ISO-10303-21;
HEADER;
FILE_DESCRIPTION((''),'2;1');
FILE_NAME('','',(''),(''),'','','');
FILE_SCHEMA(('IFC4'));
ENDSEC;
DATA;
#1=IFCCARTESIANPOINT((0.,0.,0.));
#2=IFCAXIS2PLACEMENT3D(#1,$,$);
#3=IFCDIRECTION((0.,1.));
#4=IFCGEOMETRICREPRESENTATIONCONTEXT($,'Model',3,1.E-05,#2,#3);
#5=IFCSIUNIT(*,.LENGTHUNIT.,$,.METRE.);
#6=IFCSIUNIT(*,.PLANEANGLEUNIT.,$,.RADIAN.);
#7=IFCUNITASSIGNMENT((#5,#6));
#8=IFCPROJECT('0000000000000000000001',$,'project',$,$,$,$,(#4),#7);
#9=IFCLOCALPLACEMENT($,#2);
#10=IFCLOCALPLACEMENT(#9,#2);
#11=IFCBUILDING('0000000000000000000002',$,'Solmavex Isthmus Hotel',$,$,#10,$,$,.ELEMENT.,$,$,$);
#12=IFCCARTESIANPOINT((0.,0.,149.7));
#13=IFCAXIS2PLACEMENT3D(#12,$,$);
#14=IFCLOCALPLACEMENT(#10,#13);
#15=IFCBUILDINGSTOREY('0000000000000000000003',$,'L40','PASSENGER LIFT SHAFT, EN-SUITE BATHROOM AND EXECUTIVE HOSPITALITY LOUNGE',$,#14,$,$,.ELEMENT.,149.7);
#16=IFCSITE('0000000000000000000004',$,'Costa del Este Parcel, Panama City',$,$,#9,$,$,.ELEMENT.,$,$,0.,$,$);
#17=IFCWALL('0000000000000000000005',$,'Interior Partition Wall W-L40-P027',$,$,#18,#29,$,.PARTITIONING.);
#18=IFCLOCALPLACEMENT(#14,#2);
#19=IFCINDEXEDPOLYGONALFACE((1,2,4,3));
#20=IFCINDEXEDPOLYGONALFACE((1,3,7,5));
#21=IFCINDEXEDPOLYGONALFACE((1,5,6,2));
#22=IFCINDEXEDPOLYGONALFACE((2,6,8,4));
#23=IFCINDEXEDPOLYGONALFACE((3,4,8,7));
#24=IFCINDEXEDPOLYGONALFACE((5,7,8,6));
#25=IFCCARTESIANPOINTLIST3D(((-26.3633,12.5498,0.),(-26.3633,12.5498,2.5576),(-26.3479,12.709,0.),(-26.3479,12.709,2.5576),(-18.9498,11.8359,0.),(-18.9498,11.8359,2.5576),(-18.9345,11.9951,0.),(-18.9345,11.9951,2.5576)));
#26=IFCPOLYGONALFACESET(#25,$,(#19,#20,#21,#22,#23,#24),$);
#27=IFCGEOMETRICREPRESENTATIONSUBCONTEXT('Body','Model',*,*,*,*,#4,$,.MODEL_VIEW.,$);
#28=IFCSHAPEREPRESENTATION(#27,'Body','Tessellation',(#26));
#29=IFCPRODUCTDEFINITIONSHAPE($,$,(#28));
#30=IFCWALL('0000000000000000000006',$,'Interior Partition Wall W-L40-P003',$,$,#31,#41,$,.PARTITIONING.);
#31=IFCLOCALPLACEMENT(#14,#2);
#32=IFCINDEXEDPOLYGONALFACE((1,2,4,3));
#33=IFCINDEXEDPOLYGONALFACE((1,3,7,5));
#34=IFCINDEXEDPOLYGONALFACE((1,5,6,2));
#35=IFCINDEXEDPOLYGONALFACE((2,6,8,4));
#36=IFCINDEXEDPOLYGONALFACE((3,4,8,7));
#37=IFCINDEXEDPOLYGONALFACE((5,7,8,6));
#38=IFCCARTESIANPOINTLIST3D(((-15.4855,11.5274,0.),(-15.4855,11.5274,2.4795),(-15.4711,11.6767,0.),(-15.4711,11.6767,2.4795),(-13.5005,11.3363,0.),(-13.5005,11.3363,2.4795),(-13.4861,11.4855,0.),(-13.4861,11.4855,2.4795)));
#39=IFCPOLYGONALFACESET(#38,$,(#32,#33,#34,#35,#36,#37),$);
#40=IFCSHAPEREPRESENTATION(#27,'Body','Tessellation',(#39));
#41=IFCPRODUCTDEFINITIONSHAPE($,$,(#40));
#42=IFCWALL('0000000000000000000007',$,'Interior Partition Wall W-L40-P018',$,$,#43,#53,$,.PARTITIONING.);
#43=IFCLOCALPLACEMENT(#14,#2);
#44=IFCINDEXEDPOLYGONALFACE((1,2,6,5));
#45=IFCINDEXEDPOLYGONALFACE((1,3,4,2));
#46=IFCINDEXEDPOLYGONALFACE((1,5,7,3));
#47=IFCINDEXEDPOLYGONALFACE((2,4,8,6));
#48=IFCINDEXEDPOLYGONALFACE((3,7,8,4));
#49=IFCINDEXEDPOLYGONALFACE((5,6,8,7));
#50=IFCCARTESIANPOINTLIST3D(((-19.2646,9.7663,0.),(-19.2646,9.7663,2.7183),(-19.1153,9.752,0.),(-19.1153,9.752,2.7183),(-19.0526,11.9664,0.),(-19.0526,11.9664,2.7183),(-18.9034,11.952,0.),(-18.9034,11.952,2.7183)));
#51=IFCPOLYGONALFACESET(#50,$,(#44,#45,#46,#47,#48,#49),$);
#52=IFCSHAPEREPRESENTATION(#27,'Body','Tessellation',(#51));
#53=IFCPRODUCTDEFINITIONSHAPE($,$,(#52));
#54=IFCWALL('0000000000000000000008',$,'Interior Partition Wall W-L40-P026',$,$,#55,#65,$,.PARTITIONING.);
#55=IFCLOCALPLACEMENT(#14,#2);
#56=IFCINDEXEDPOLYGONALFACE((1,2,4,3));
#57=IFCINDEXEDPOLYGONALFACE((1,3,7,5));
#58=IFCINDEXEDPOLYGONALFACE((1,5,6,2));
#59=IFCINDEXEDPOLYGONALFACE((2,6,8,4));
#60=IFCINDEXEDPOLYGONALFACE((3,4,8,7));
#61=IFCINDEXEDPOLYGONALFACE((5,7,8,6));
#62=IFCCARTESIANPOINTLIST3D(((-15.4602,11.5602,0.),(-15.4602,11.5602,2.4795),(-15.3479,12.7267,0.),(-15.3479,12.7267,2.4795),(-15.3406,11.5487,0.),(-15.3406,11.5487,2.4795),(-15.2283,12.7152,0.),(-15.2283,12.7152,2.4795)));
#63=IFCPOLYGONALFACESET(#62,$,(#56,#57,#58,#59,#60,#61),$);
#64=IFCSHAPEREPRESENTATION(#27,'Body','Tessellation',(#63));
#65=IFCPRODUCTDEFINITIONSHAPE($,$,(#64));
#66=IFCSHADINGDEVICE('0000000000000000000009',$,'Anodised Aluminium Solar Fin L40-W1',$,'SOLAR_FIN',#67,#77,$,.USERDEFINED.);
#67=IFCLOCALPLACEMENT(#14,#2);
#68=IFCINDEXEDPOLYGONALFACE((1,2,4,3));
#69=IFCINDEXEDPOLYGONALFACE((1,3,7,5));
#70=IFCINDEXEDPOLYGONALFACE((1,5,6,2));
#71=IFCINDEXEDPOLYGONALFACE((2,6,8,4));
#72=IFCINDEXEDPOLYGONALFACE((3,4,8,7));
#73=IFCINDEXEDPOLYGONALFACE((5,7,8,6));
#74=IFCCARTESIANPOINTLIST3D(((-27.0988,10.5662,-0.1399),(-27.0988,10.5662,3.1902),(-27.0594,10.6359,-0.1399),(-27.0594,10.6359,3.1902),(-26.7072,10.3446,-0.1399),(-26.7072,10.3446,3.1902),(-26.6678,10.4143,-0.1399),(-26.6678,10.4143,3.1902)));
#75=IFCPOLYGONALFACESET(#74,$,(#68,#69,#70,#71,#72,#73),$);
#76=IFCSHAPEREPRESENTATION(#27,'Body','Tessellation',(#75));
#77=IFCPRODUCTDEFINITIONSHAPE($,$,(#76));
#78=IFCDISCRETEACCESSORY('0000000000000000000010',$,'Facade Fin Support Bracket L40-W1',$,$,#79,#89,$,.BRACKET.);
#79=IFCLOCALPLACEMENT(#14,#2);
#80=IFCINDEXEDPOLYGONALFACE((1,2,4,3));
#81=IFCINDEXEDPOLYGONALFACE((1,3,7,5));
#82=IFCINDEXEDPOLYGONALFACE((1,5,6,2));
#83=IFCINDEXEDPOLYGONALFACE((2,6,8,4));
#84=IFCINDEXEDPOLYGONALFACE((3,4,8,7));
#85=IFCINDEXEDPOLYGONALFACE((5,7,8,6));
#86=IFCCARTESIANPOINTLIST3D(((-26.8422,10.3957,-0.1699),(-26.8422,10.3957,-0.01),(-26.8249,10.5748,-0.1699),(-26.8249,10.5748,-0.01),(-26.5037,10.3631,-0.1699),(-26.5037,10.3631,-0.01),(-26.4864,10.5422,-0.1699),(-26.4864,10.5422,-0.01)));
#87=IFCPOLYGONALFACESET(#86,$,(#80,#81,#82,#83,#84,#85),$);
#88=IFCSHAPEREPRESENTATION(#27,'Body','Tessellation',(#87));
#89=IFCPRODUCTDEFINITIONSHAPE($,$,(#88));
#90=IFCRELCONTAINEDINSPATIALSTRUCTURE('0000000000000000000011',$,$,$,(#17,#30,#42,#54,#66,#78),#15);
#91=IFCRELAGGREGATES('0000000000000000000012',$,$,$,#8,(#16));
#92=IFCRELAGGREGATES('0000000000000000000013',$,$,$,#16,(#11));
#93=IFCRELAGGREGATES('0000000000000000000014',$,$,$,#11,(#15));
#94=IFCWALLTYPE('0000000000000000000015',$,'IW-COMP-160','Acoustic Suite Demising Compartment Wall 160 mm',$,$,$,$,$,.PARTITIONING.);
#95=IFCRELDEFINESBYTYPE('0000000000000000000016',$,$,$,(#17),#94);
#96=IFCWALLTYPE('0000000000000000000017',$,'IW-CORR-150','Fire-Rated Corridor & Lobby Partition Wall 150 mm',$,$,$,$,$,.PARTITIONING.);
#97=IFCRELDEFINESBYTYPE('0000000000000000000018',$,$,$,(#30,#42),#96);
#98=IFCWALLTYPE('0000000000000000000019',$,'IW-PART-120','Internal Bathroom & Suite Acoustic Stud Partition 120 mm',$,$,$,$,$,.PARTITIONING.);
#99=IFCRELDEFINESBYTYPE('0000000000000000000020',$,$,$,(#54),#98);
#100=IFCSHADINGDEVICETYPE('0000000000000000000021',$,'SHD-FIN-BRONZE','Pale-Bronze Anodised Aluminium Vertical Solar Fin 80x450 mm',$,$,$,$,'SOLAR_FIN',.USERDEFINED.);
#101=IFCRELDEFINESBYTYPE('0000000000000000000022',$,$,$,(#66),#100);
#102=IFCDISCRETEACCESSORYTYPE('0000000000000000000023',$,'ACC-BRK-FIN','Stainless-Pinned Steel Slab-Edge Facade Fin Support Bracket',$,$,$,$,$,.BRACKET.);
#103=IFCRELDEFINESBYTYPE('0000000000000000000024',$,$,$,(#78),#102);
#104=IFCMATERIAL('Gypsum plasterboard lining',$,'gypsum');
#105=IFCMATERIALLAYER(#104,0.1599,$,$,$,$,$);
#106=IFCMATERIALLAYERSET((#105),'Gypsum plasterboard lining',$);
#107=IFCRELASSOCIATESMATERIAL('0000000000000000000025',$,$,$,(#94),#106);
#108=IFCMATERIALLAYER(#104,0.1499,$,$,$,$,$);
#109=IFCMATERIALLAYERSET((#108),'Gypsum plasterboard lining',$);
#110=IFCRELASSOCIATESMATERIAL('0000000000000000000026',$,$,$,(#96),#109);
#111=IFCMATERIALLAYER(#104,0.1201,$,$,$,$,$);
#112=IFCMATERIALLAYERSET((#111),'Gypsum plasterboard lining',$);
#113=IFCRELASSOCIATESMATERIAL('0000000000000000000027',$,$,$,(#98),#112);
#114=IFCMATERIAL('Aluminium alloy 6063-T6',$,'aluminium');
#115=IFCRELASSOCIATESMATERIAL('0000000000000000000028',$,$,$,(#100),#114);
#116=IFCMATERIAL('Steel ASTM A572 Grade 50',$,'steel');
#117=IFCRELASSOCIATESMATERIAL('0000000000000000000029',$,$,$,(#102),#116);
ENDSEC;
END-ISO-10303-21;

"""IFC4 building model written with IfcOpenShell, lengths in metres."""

from ifc_helpers import new_model, si_unit, direction, frame, frame_2d, origin, origin_2d, place, context, subcontext, project, spatial, rectangle, extrude, material, layer, layer_set, type_object, element, save


model = new_model("IFC4")

# Units and contexts
model_context = context("Model", 3, precision=1e-05, world=origin(), true_north=direction((0.0, 1.0)))
body_context = subcontext(model_context, "Body", "Model", "MODEL_VIEW")
ifc_project = project(units=[si_unit("LENGTHUNIT", "METRE"), si_unit("PLANEANGLEUNIT", "RADIAN")], contexts=[model_context])

# Site, building, storey
site_placement = place(None, origin())
site = spatial("IfcSite", under=ifc_project, at=site_placement, Name="Costa del Este Parcel, Panama City", CompositionType="ELEMENT", RefElevation=0.0)
building_placement = place(site_placement, origin())
building = spatial("IfcBuilding", under=site, at=building_placement, Name="Solmavex Isthmus Hotel", CompositionType="ELEMENT")
storey_placement = place(building_placement, frame((0.0, 0.0, 149.7)))
storey = spatial("IfcBuildingStorey", under=building, at=storey_placement, Name="L40", Description="PASSENGER LIFT SHAFT, EN-SUITE BATHROOM AND EXECUTIVE HOSPITALITY LOUNGE", CompositionType="ELEMENT", Elevation=149.7)

# Shared definitions
ifc_material_1 = material(Name="Aluminium alloy 6063-T6", Category="aluminium")

# Wall
ifc_material_2 = material(Name="Gypsum plasterboard lining", Category="gypsum")
ifc_layer_1 = layer(ifc_material_2, 0.1599)
ifc_layer_set_1 = layer_set([ifc_layer_1], Name="Gypsum plasterboard lining")
wall_type_1 = type_object("IfcWallType", Name="IW-COMP-160", Description="Acoustic Suite Demising Compartment Wall 160 mm", PredefinedType="PARTITIONING", material=ifc_layer_set_1)
wall_1_placement = place(storey_placement, frame((-18.9421, 11.9155, 0.0), z_axis=(0.0, 0.0, 1.0), x_axis=(-0.995396, 0.095849, 0.0)))
element("IfcWall", 1, at=wall_1_placement, inside=storey, type_object=wall_type_1, Name="Interior Partition Wall W-L40-P027", PredefinedType="PARTITIONING", context=body_context, shape_type="SweptSolid", body=[
    extrude(rectangle(XDim=7.4478, YDim=0.1599, at=frame_2d((3.7239, 0.0))), origin(), (0.0, 0.0, 1.0), 2.5576),
])

# Shared definitions
ifc_layer_2 = layer(ifc_material_2, 0.1499)
ifc_layer_set_2 = layer_set([ifc_layer_2], Name="Gypsum plasterboard lining")
wall_type_2 = type_object("IfcWallType", Name="IW-CORR-150", Description="Fire-Rated Corridor & Lobby Partition Wall 150 mm", PredefinedType="PARTITIONING", material=ifc_layer_set_2)

# Wall
wall_2_placement = place(storey_placement, frame((-15.4783, 11.6021, 0.0), z_axis=(0.0, 0.0, 1.0), x_axis=(0.995394, -0.095866, 0.0)))
element("IfcWall", 2, at=wall_2_placement, inside=storey, type_object=wall_type_2, Name="Interior Partition Wall W-L40-P003", PredefinedType="PARTITIONING", context=body_context, shape_type="SweptSolid", body=[
    extrude(rectangle(XDim=1.9941, YDim=0.1499, at=frame_2d((0.9971, 0.0))), origin(), (0.0, 0.0, 1.0), 2.4795),
])

# Walls
wall_3_placement = place(storey_placement, frame((-19.1899, 9.7593, 0.0), z_axis=(0.0, 0.0, 1.0), x_axis=(0.095883, 0.995393, 0.0)))
element("IfcWall", 3, at=wall_3_placement, inside=storey, type_object=wall_type_2, Name="Interior Partition Wall W-L40-P018", PredefinedType="PARTITIONING", context=body_context, shape_type="SweptSolid", body=[
    extrude(rectangle(XDim=2.2102, YDim=0.1499, at=frame_2d((1.105, 0.0))), origin(), (0.0, 0.0, 1.0), 2.7183),
])
ifc_layer_3 = layer(ifc_material_2, 0.1201)
ifc_layer_set_3 = layer_set([ifc_layer_3], Name="Gypsum plasterboard lining")
wall_type_3 = type_object("IfcWallType", Name="IW-PART-120", Description="Internal Bathroom & Suite Acoustic Stud Partition 120 mm", PredefinedType="PARTITIONING", material=ifc_layer_set_3)
wall_4_placement = place(storey_placement, frame((-15.2881, 12.7209, 0.0), z_axis=(0.0, 0.0, 1.0), x_axis=(-0.095831, -0.995398, 0.0)))
element("IfcWall", 4, at=wall_4_placement, inside=storey, type_object=wall_type_3, Name="Interior Partition Wall W-L40-P026", PredefinedType="PARTITIONING", context=body_context, shape_type="SweptSolid", body=[
    extrude(rectangle(XDim=1.1719, YDim=0.1201, at=frame_2d((0.5859, 0.0))), origin(), (0.0, 0.0, 1.0), 2.4795),
])

# Shading device
shading_device_type = type_object("IfcShadingDeviceType", Name="SHD-FIN-BRONZE", Description="Pale-Bronze Anodised Aluminium Vertical Solar Fin 80x450 mm", ElementType="SOLAR_FIN", PredefinedType="USERDEFINED", material=ifc_material_1)
shading_device_placement = place(storey_placement, frame((-26.8833, 10.4902, -0.1399), z_axis=(0.0, 0.0, 1.0), x_axis=(-0.870356, 0.492424, 0.0)))
element("IfcShadingDevice", 5, at=shading_device_placement, inside=storey, type_object=shading_device_type, Name="Anodised Aluminium Solar Fin L40-W1", ObjectType="SOLAR_FIN", PredefinedType="USERDEFINED", context=body_context, shape_type="SweptSolid", body=[
    extrude(rectangle(XDim=0.45, YDim=0.0801, at=origin_2d()), origin(), (0.0, 0.0, 1.0), 3.3301),
])

# Discrete accessory
ifc_material_3 = material(Name="Steel ASTM A572 Grade 50", Category="steel")
discrete_accessory_type = type_object("IfcDiscreteAccessoryType", Name="ACC-BRK-FIN", Description="Stainless-Pinned Steel Slab-Edge Facade Fin Support Bracket", PredefinedType="BRACKET", material=ifc_material_3)
discrete_accessory_placement = place(storey_placement, frame((-26.6643, 10.469, -0.1699), z_axis=(0.0, 0.0, 1.0), x_axis=(-0.995396, 0.095846, 0.0)))
element("IfcDiscreteAccessory", 6, at=discrete_accessory_placement, inside=storey, type_object=discrete_accessory_type, Name="Facade Fin Support Bracket L40-W1", PredefinedType="BRACKET", context=body_context, shape_type="SweptSolid", body=[
    extrude(rectangle(XDim=0.3401, YDim=0.1799, at=origin_2d()), origin(), (0.0, 0.0, 1.0), 0.1599),
])

save(model, "model.ifc")
